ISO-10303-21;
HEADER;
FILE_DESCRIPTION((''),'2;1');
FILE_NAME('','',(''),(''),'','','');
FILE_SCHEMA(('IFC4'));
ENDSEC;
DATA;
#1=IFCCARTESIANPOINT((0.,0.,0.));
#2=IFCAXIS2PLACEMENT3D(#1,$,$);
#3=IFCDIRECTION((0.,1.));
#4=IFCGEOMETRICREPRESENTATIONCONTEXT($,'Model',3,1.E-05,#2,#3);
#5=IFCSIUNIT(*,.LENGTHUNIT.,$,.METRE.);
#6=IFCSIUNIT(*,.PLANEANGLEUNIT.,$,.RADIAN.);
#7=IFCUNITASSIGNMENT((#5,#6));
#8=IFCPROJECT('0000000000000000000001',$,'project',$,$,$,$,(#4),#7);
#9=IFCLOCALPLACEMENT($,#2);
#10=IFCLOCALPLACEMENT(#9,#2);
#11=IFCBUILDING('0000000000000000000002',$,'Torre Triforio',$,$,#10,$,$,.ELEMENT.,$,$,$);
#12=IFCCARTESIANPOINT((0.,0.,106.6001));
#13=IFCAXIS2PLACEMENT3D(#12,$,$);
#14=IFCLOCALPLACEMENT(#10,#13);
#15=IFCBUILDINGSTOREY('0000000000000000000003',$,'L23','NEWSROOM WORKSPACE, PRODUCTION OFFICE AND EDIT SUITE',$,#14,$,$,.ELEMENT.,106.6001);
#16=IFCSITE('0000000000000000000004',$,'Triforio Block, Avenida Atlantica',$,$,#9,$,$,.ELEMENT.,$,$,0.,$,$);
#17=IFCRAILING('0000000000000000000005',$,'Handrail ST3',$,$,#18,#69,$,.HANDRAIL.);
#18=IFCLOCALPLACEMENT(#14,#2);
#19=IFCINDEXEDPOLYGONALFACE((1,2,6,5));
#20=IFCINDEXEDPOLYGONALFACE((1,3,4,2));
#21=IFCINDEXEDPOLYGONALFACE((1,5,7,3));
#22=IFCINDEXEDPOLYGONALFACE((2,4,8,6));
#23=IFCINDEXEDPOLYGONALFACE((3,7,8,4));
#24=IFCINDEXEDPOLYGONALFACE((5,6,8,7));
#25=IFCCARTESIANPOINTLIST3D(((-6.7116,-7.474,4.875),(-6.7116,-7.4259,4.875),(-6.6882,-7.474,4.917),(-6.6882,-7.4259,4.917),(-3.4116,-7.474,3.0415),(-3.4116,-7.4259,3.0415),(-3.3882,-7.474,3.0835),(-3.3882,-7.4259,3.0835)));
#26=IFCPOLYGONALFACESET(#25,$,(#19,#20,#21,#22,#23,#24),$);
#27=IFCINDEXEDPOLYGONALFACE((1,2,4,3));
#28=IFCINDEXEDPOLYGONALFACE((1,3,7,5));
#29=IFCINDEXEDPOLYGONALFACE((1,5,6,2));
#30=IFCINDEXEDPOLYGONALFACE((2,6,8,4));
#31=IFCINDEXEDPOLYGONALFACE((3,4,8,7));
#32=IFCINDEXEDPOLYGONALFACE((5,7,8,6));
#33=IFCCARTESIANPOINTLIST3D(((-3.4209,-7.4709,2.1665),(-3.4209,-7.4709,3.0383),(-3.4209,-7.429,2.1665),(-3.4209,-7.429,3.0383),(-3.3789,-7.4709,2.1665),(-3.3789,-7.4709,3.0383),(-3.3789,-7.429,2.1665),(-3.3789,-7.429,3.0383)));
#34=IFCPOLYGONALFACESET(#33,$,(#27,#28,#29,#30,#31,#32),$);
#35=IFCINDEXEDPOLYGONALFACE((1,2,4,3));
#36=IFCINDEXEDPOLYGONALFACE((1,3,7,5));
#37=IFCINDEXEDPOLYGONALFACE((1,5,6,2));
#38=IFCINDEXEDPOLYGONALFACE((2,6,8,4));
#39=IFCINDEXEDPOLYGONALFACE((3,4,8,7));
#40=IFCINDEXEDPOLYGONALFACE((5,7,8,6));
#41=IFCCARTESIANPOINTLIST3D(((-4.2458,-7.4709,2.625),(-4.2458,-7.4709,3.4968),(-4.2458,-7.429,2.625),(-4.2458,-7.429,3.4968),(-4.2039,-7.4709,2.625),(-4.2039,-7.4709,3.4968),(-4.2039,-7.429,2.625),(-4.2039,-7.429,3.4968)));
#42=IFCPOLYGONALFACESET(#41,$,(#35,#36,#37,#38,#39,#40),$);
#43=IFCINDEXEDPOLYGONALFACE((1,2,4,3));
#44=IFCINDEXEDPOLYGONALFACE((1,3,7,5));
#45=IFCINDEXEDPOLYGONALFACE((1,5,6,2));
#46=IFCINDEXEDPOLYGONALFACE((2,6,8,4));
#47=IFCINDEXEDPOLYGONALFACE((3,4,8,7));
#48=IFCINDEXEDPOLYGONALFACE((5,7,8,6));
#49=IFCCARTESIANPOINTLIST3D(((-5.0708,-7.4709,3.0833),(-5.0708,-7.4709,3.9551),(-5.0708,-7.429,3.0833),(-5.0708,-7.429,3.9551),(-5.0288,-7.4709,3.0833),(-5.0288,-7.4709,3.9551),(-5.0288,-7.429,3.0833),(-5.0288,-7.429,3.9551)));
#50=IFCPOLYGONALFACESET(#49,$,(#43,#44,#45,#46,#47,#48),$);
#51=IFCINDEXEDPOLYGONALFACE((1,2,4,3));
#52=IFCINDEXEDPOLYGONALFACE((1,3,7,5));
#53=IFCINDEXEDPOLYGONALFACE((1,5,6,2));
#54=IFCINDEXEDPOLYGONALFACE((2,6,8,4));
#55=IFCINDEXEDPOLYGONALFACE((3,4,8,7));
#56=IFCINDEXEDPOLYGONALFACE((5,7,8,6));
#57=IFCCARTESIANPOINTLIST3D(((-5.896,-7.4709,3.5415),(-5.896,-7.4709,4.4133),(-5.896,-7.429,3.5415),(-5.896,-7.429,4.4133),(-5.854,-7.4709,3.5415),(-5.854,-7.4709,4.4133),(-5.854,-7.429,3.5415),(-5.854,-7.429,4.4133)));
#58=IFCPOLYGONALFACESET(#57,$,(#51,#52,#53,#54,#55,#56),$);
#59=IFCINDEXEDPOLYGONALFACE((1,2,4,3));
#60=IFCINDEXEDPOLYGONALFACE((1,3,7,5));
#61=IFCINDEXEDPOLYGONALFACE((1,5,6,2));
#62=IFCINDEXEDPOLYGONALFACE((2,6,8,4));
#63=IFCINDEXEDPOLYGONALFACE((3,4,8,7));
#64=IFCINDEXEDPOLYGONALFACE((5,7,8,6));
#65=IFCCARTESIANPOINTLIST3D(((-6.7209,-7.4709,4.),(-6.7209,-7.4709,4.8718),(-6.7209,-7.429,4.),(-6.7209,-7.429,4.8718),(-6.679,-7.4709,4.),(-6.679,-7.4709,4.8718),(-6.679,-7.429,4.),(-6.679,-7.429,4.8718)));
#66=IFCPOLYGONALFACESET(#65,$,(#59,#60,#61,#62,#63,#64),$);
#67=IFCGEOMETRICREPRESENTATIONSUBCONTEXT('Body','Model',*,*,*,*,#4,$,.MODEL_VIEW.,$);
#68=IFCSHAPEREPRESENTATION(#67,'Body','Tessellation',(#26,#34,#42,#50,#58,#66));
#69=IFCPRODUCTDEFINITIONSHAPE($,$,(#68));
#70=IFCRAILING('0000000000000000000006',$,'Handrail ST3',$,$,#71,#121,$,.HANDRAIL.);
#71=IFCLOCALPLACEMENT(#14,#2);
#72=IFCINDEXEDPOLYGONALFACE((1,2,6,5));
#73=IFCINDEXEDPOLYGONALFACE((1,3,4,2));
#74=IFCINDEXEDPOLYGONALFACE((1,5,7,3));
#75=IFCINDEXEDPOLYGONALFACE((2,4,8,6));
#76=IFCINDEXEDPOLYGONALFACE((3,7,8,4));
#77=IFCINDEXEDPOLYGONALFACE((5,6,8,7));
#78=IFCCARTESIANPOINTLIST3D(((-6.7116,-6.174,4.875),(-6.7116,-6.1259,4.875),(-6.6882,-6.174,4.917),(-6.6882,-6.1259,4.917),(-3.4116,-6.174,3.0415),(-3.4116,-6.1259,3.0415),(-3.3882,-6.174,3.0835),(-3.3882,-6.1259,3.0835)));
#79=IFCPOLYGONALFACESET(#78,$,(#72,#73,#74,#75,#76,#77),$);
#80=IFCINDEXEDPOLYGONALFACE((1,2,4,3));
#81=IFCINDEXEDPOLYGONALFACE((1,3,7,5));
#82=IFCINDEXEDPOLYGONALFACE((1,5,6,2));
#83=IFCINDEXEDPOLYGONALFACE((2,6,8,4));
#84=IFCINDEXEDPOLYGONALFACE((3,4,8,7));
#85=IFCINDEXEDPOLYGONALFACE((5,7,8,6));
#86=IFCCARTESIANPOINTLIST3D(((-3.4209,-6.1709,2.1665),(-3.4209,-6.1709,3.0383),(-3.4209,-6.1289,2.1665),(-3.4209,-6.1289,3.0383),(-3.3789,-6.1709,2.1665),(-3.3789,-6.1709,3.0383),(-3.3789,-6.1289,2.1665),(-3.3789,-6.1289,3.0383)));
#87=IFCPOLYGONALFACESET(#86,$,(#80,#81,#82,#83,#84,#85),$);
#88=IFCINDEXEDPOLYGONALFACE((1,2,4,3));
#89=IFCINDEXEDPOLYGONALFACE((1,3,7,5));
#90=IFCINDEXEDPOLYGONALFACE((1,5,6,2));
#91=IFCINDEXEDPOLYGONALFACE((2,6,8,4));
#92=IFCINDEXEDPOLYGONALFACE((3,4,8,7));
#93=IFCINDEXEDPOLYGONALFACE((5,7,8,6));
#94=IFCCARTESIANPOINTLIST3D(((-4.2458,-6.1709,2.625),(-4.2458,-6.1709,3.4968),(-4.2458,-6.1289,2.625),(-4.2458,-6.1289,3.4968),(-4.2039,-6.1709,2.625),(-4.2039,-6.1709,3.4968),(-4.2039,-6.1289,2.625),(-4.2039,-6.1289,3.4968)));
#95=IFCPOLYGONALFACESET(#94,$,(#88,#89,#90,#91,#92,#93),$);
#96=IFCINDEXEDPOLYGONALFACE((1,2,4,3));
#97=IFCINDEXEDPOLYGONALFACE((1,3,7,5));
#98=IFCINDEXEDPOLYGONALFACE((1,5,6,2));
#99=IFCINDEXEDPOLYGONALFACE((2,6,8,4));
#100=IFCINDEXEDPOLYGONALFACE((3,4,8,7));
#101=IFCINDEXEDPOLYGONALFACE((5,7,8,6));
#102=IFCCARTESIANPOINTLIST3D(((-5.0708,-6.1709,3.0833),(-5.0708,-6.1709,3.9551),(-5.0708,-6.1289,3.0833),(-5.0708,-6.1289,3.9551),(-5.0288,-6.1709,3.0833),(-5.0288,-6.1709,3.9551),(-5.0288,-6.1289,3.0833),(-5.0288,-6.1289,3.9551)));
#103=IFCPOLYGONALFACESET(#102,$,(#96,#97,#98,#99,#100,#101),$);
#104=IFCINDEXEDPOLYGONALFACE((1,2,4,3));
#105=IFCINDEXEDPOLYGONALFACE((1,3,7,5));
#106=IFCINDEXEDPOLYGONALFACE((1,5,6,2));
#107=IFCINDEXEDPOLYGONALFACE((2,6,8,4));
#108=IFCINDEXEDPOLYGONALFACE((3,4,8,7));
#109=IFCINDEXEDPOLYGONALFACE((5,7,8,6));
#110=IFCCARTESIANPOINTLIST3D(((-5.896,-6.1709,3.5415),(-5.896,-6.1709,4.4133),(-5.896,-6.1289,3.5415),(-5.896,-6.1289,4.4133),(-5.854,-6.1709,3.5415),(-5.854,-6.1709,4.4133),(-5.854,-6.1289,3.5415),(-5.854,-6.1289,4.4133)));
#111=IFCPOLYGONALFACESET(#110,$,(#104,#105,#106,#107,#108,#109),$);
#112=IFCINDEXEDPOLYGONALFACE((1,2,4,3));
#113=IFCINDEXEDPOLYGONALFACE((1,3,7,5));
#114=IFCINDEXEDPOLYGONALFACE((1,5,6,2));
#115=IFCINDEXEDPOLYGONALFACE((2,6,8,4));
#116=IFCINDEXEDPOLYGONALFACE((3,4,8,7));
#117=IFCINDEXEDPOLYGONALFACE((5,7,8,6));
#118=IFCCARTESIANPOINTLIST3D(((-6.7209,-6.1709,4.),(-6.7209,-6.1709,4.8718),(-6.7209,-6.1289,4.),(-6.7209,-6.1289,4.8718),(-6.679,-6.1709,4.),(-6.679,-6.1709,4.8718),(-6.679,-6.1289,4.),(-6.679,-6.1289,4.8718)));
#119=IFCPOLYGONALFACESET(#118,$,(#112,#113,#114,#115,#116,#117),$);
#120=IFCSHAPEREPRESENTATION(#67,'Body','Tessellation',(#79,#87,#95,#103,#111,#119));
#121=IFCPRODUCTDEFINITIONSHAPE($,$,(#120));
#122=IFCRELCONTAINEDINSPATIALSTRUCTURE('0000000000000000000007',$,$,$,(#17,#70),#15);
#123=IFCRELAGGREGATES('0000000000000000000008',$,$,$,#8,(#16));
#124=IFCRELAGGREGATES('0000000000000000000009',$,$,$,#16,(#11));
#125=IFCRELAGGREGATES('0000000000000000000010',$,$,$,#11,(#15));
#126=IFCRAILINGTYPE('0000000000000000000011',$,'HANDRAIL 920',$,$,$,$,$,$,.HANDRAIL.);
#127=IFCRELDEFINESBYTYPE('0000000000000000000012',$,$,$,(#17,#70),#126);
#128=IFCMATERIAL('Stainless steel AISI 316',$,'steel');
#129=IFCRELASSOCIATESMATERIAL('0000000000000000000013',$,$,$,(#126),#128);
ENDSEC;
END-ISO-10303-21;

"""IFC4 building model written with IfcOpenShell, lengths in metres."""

from ifc_helpers import new_model, si_unit, direction, frame, origin, origin_2d, place, context, subcontext, project, spatial, rectangle, extrude, material, type_object, element, save


model = new_model("IFC4")

# Units and contexts
model_context = context("Model", 3, precision=1e-05, world=origin(), true_north=direction((0.0, 1.0)))
body_context = subcontext(model_context, "Body", "Model", "MODEL_VIEW")
ifc_project = project(units=[si_unit("LENGTHUNIT", "METRE"), si_unit("PLANEANGLEUNIT", "RADIAN")], contexts=[model_context])

# Site, building, storey
site_placement = place(None, origin())
site = spatial("IfcSite", under=ifc_project, at=site_placement, Name="Triforio Block, Avenida Atlantica", CompositionType="ELEMENT", RefElevation=0.0)
building_placement = place(site_placement, origin())
building = spatial("IfcBuilding", under=site, at=building_placement, Name="Torre Triforio", CompositionType="ELEMENT")
storey_placement = place(building_placement, frame((0.0, 0.0, 106.6001)))
storey = spatial("IfcBuildingStorey", under=building, at=storey_placement, Name="L23", Description="NEWSROOM WORKSPACE, PRODUCTION OFFICE AND EDIT SUITE", CompositionType="ELEMENT", Elevation=106.6001)

# Railings
ifc_material_1 = material(Name="Stainless steel AISI 316", Category="steel")
railing_type = type_object("IfcRailingType", Name="HANDRAIL 920", PredefinedType="HANDRAIL", material=ifc_material_1)
for number, where, name in (
    (1, (-3.3999, -7.45, 2.1665), "Handrail ST3"),
    (2, (-3.3999, -6.1499, 2.1665), "Handrail ST3"),
):
    element("IfcRailing", number, at=place(storey_placement, frame(where)), inside=storey, type_object=railing_type, Name=name, PredefinedType="HANDRAIL", context=body_context, shape_type="SweptSolid", body=[
        extrude(rectangle(XDim=0.0481, YDim=0.0481, at=origin_2d()), frame((0.0, 0.0, 0.896), z_axis=(-0.874142, 0.0, 0.48567), x_axis=(0.0, -1.0, 0.0)), (0.0, 0.0, 1.0), 3.7751),
        extrude(rectangle(XDim=0.042, YDim=0.042, at=origin_2d()), origin(), (0.0, 0.0, 1.0), 0.8718),
        extrude(rectangle(XDim=0.042, YDim=0.042, at=origin_2d()), frame((-0.825, 0.0, 0.4585)), (0.0, 0.0, 1.0), 0.8718),
        extrude(rectangle(XDim=0.042, YDim=0.042, at=origin_2d()), frame((-1.6499, 0.0, 0.9167)), (0.0, 0.0, 1.0), 0.8718),
        extrude(rectangle(XDim=0.042, YDim=0.042, at=origin_2d()), frame((-2.4751, 0.0, 1.375)), (0.0, 0.0, 1.0), 0.8718),
        extrude(rectangle(XDim=0.042, YDim=0.042, at=origin_2d()), frame((-3.3, 0.0, 1.8335)), (0.0, 0.0, 1.0), 0.8718),
    ])

save(model, "model.ifc")
